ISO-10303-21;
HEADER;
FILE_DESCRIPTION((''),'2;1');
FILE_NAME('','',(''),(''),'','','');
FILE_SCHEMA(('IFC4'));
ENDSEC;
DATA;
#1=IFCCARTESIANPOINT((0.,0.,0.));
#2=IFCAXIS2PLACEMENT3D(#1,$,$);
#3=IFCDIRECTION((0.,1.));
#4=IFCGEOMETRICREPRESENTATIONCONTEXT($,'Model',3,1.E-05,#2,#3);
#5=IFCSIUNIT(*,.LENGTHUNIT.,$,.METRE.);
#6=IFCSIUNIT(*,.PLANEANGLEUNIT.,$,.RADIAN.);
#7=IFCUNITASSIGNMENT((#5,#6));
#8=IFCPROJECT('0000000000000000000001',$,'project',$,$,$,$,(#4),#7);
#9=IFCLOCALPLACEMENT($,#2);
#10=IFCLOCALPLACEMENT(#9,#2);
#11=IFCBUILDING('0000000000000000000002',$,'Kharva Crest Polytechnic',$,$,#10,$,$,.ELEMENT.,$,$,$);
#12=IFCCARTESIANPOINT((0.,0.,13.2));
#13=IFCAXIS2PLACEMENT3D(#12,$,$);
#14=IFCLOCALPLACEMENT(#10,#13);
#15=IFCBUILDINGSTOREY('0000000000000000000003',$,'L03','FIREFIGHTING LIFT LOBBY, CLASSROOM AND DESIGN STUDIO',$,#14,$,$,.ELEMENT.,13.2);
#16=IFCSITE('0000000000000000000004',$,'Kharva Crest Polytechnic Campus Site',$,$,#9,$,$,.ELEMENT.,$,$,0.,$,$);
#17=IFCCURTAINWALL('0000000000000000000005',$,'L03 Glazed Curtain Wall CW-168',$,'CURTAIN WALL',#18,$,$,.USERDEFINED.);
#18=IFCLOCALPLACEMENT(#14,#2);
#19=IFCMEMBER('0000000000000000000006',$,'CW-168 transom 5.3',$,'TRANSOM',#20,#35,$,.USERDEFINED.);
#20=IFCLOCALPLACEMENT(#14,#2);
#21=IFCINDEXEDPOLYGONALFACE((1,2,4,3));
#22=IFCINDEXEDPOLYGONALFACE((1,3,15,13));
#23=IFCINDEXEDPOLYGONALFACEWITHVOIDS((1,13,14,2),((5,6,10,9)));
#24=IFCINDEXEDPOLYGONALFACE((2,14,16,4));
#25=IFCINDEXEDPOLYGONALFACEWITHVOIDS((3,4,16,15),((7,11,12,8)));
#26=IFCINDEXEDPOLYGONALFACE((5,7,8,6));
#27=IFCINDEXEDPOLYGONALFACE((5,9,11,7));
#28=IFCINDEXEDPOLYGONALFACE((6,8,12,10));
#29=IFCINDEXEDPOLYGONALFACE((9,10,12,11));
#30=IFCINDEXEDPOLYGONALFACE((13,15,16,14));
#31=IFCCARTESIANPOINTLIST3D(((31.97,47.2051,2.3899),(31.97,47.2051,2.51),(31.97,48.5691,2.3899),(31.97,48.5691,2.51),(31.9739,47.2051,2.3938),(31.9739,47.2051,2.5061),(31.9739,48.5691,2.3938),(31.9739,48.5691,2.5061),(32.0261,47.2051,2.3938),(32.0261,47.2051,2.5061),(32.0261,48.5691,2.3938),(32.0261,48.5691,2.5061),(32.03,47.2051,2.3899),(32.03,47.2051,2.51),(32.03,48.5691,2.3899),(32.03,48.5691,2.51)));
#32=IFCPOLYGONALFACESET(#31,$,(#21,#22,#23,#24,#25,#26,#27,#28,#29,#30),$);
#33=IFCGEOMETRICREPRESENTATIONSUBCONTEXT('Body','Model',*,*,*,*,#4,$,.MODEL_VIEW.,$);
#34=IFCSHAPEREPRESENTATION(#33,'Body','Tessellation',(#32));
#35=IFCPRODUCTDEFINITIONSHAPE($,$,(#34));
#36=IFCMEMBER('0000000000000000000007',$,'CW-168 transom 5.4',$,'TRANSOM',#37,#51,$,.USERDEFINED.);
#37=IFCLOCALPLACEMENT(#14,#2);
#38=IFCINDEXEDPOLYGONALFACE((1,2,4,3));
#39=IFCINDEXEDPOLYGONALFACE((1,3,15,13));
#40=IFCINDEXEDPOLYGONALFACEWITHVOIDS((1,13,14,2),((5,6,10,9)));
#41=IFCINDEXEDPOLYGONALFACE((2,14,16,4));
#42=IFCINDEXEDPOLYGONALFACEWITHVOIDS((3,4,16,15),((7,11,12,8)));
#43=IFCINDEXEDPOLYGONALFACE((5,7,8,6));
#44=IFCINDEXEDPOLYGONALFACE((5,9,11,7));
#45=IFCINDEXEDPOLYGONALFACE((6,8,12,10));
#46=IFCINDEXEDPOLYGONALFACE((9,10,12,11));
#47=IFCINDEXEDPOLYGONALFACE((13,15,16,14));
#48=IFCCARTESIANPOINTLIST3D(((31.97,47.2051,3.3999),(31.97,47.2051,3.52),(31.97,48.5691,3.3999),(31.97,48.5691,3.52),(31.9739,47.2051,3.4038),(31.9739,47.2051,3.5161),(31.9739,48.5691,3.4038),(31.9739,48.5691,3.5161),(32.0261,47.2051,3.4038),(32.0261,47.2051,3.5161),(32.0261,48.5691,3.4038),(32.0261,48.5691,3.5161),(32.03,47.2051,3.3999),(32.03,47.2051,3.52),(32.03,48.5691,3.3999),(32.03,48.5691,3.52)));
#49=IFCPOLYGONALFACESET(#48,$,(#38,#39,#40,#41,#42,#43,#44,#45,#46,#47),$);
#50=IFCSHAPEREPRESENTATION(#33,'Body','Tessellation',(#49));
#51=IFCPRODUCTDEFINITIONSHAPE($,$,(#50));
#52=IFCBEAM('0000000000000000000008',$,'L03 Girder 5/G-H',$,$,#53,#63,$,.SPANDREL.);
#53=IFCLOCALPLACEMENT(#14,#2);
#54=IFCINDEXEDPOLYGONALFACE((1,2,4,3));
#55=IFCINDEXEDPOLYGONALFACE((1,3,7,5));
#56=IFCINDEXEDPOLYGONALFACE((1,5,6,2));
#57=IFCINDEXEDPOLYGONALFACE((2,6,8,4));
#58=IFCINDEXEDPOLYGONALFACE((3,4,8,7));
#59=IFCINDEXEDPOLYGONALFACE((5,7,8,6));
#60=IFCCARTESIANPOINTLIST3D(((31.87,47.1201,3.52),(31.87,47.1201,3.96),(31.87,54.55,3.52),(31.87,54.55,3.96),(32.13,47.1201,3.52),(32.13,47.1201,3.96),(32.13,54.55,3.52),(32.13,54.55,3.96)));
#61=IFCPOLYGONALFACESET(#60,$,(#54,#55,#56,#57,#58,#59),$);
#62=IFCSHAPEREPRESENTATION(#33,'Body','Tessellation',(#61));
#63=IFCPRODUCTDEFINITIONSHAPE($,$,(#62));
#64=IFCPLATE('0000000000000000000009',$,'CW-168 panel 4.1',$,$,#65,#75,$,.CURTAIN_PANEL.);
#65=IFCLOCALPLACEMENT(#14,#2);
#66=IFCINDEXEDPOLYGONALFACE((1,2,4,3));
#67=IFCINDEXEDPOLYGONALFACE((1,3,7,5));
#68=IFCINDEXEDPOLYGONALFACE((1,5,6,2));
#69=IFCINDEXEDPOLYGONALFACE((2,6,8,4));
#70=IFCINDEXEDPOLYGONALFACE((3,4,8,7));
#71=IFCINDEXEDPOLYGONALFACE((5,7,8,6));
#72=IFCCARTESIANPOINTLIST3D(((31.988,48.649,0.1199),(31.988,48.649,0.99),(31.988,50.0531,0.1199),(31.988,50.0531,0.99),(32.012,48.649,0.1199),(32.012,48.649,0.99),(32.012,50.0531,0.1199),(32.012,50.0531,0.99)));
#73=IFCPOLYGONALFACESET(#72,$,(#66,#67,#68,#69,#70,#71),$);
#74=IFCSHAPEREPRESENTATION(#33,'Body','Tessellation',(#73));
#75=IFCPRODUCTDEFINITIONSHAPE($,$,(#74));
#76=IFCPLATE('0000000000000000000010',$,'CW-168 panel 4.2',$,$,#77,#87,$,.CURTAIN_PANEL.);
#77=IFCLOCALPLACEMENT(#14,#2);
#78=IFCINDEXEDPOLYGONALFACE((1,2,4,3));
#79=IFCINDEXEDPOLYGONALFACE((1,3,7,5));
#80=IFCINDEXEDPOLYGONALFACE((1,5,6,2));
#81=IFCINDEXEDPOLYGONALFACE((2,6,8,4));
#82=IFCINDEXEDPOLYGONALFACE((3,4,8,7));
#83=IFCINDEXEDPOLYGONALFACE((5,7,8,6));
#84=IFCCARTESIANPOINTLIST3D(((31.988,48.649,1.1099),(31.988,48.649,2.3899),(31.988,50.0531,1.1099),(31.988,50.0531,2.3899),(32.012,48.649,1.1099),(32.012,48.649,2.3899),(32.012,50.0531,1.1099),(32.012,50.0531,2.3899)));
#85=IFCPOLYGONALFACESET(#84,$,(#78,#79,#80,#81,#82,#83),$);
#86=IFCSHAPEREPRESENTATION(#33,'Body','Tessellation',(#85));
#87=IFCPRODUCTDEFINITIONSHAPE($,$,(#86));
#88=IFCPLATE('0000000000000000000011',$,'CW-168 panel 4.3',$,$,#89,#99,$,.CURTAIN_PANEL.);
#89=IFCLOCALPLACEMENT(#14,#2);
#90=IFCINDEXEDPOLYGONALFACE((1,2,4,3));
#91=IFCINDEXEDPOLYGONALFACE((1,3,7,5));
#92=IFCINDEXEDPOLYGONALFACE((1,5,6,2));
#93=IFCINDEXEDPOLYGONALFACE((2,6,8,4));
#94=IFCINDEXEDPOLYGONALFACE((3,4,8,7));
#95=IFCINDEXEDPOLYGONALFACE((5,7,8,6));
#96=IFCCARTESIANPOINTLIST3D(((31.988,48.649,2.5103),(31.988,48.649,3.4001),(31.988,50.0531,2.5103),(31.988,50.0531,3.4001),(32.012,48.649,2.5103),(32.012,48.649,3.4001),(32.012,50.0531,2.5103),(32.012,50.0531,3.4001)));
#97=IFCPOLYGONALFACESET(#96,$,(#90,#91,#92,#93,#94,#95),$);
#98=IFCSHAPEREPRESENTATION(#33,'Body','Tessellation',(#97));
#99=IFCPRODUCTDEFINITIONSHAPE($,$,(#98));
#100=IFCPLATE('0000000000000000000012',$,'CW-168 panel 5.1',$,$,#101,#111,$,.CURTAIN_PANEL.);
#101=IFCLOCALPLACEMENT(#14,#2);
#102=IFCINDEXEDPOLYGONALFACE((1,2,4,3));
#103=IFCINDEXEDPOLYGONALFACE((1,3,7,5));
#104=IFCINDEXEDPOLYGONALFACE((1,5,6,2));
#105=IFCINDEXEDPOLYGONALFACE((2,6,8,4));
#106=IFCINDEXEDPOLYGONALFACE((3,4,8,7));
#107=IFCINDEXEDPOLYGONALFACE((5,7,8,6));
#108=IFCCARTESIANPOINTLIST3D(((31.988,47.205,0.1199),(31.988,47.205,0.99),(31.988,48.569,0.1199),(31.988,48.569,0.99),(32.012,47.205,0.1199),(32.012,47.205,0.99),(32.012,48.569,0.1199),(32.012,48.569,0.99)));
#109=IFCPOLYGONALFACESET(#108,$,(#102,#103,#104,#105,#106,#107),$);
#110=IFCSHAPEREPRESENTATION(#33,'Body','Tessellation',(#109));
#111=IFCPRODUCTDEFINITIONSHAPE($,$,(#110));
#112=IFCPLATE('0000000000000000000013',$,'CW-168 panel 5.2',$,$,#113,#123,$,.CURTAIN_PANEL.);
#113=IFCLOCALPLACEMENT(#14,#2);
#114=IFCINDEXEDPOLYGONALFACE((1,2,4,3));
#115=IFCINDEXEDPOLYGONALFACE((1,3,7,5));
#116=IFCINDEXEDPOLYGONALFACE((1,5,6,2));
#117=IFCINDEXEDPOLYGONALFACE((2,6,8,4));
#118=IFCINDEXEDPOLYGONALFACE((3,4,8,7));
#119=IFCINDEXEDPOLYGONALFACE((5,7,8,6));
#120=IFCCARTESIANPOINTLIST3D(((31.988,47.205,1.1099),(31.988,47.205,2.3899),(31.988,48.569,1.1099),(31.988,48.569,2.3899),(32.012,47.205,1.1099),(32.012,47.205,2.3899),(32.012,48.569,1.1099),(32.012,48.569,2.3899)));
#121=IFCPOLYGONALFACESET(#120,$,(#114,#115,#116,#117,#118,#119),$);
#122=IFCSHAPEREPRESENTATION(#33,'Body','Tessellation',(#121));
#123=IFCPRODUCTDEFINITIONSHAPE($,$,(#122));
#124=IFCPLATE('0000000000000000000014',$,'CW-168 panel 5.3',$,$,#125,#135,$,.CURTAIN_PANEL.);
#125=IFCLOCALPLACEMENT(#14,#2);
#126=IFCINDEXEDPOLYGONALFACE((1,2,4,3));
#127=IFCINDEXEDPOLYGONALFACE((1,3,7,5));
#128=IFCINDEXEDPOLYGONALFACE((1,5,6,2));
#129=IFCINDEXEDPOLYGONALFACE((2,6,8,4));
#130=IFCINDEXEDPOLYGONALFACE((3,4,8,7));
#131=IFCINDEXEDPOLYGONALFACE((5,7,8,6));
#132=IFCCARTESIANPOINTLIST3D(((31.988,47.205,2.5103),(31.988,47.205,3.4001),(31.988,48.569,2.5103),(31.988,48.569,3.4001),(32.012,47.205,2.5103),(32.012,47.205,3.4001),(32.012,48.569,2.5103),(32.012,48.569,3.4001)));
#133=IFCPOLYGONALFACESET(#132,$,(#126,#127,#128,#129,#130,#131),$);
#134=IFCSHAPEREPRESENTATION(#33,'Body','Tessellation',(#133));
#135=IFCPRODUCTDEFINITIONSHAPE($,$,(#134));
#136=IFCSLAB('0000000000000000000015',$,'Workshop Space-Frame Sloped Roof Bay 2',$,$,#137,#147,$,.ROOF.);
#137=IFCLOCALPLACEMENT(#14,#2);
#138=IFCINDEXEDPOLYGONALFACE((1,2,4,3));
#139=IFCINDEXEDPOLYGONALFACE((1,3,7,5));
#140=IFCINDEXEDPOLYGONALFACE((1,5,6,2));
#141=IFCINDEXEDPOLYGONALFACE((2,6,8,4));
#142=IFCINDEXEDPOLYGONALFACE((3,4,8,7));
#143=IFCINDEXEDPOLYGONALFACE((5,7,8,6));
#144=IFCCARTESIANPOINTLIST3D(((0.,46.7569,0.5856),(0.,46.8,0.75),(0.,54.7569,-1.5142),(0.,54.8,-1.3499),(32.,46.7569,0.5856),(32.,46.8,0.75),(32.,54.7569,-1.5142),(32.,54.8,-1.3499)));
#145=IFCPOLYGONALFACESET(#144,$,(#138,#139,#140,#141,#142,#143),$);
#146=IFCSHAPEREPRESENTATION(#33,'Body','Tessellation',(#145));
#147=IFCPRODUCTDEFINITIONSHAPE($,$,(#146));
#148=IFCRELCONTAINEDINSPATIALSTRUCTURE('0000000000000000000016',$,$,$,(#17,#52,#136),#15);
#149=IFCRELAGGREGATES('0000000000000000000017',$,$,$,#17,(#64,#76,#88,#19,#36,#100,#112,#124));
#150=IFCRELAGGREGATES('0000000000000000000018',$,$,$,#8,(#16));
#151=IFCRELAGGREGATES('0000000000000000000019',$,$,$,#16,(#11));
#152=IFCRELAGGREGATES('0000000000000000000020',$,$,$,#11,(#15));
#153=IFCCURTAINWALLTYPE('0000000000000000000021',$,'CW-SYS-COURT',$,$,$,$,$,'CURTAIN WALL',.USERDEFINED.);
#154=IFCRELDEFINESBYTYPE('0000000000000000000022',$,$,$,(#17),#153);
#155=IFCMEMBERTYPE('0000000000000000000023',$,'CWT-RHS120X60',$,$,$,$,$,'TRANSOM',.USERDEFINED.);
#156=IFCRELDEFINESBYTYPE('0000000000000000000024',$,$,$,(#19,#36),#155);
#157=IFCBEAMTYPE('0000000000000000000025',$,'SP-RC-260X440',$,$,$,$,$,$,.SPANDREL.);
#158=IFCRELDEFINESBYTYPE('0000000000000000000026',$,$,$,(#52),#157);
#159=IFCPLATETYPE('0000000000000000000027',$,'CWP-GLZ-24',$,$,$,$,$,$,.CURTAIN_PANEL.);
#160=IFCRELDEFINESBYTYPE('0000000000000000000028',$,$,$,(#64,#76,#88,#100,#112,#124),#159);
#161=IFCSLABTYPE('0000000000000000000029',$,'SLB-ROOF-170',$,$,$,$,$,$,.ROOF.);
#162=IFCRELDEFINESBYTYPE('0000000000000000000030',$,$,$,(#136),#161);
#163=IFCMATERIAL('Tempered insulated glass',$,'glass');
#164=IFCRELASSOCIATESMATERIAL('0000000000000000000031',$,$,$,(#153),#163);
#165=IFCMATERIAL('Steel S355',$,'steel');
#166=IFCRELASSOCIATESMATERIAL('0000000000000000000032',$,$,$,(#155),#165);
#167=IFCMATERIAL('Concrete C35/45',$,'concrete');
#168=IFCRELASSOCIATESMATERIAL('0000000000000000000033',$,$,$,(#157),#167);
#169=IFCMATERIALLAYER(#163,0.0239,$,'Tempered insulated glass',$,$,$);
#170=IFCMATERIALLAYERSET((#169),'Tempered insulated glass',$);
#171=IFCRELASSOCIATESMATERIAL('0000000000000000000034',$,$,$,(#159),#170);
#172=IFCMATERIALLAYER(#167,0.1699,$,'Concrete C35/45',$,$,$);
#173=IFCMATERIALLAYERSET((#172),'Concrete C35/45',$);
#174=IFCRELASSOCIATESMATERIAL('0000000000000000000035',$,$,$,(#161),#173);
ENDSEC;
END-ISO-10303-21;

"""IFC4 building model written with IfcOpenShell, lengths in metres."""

from ifc_helpers import new_model, si_unit, direction, frame, origin, origin_2d, place, context, subcontext, project, spatial, polyline, rectangle, hollow_rectangle, outline, extrude, material, layer, layer_set, material_profile, profile_set, type_object, element, aggregate, save


model = new_model("IFC4")

# Units and contexts
model_context = context("Model", 3, precision=1e-05, world=origin(), true_north=direction((0.0, 1.0)))
body_context = subcontext(model_context, "Body", "Model", "MODEL_VIEW")
ifc_project = project(units=[si_unit("LENGTHUNIT", "METRE"), si_unit("PLANEANGLEUNIT", "RADIAN")], contexts=[model_context])

# Site, building, storey
site_placement = place(None, origin())
site = spatial("IfcSite", under=ifc_project, at=site_placement, Name="Kharva Crest Polytechnic Campus Site", CompositionType="ELEMENT", RefElevation=0.0)
building_placement = place(site_placement, origin())
building = spatial("IfcBuilding", under=site, at=building_placement, Name="Kharva Crest Polytechnic", CompositionType="ELEMENT")
storey_placement = place(building_placement, frame((0.0, 0.0, 13.2)))
storey = spatial("IfcBuildingStorey", under=building, at=storey_placement, Name="L03", Description="FIREFIGHTING LIFT LOBBY, CLASSROOM AND DESIGN STUDIO", CompositionType="ELEMENT", Elevation=13.2)

# Curtain wall, members
ifc_material_1 = material(Name="Tempered insulated glass", Category="glass")
curtain_wall_type = type_object("IfcCurtainWallType", Name="CW-SYS-COURT", ElementType="CURTAIN WALL", PredefinedType="USERDEFINED", material=ifc_material_1)
curtain_wall_placement = place(storey_placement, origin())
curtain_wall = element("IfcCurtainWall", 1, at=curtain_wall_placement, inside=storey, type_object=curtain_wall_type, Name="L03 Glazed Curtain Wall CW-168", ObjectType="CURTAIN WALL", PredefinedType="USERDEFINED")
ifc_material_2 = material(Name="Steel S355", Category="steel")
ifc_material_profile_1 = material_profile(ifc_material_2, hollow_rectangle(XDim=0.0601, YDim=0.1201, WallThickness=0.0039, at=origin_2d()), Name="RHS 120X60X4.0")
ifc_profile_set_1 = profile_set([ifc_material_profile_1], Name="Steel S355")
member_type_1 = type_object("IfcMemberType", Name="CWT-RHS120X60", ElementType="TRANSOM", PredefinedType="USERDEFINED", material=ifc_profile_set_1)
member_1_placement = place(storey_placement, frame((32.0, 48.5691, 2.45), z_axis=(0.0, -1.0, 0.0), x_axis=(1.0, 0.0, 0.0)))
member_1 = element("IfcMember", 2, at=member_1_placement, type_object=member_type_1, Name="CW-168 transom 5.3", ObjectType="TRANSOM", PredefinedType="USERDEFINED", context=body_context, shape_type="SweptSolid", body=[
    extrude(hollow_rectangle(XDim=0.0601, YDim=0.1201, WallThickness=0.0039, at=origin_2d()), origin(), (0.0, 0.0, 1.0), 1.364),
])
member_2_placement = place(storey_placement, frame((32.0, 48.5691, 3.46), z_axis=(0.0, -1.0, 0.0), x_axis=(1.0, 0.0, 0.0)))
member_2 = element("IfcMember", 3, at=member_2_placement, type_object=member_type_1, Name="CW-168 transom 5.4", ObjectType="TRANSOM", PredefinedType="USERDEFINED", context=body_context, shape_type="SweptSolid", body=[
    extrude(hollow_rectangle(XDim=0.0601, YDim=0.1201, WallThickness=0.0039, at=origin_2d()), origin(), (0.0, 0.0, 1.0), 1.364),
])

# Beam
ifc_material_3 = material(Name="Concrete C35/45", Category="concrete")
ifc_material_profile_2 = material_profile(ifc_material_3, rectangle(XDim=0.26, YDim=0.4399, at=origin_2d()), Name="RECT 260 X 440")
ifc_profile_set_2 = profile_set([ifc_material_profile_2], Name="Concrete C35/45")
beam_type = type_object("IfcBeamType", Name="SP-RC-260X440", PredefinedType="SPANDREL", material=ifc_profile_set_2)
beam_placement = place(storey_placement, frame((32.0, 47.1201, 3.74), z_axis=(0.0, 1.0, 0.0), x_axis=(-1.0, 0.0, 0.0)))
element("IfcBeam", 4, at=beam_placement, inside=storey, type_object=beam_type, Name="L03 Girder 5/G-H", PredefinedType="SPANDREL", context=body_context, shape_type="SweptSolid", body=[
    extrude(rectangle(XDim=0.26, YDim=0.4399, at=origin_2d()), origin(), (0.0, 0.0, 1.0), 7.4299),
])

# Plates
ifc_layer_1 = layer(ifc_material_1, 0.0239, Name="Tempered insulated glass")
ifc_layer_set_1 = layer_set([ifc_layer_1], Name="Tempered insulated glass")
plate_type = type_object("IfcPlateType", Name="CWP-GLZ-24", PredefinedType="CURTAIN_PANEL", material=ifc_layer_set_1)
plate_1_placement = place(storey_placement, frame((32.0, 49.3511, 0.1199), z_axis=(0.0, 0.0, 1.0), x_axis=(0.0, -1.0, 0.0)))
plate_1 = element("IfcPlate", 5, at=plate_1_placement, type_object=plate_type, Name="CW-168 panel 4.1", PredefinedType="CURTAIN_PANEL", context=body_context, shape_type="SweptSolid", body=[
    extrude(rectangle(XDim=1.4041, YDim=0.0239, at=origin_2d()), origin(), (0.0, 0.0, 1.0), 0.8701),
])
plate_2_placement = place(storey_placement, frame((32.0, 49.3511, 1.1099), z_axis=(0.0, 0.0, 1.0), x_axis=(0.0, -1.0, 0.0)))
plate_2 = element("IfcPlate", 6, at=plate_2_placement, type_object=plate_type, Name="CW-168 panel 4.2", PredefinedType="CURTAIN_PANEL", context=body_context, shape_type="SweptSolid", body=[
    extrude(rectangle(XDim=1.4041, YDim=0.0239, at=origin_2d()), origin(), (0.0, 0.0, 1.0), 1.28),
])
plate_3_placement = place(storey_placement, frame((32.0, 49.3511, 2.5103), z_axis=(0.0, 0.0, 1.0), x_axis=(0.0, -1.0, 0.0)))
plate_3 = element("IfcPlate", 7, at=plate_3_placement, type_object=plate_type, Name="CW-168 panel 4.3", PredefinedType="CURTAIN_PANEL", context=body_context, shape_type="SweptSolid", body=[
    extrude(rectangle(XDim=1.4041, YDim=0.0239, at=origin_2d()), origin(), (0.0, 0.0, 1.0), 0.8899),
])
plate_4_placement = place(storey_placement, frame((32.0, 47.887, 0.1199), z_axis=(0.0, 0.0, 1.0), x_axis=(0.0, -1.0, 0.0)))
plate_4 = element("IfcPlate", 8, at=plate_4_placement, type_object=plate_type, Name="CW-168 panel 5.1", PredefinedType="CURTAIN_PANEL", context=body_context, shape_type="SweptSolid", body=[
    extrude(rectangle(XDim=1.364, YDim=0.0239, at=origin_2d()), origin(), (0.0, 0.0, 1.0), 0.8701),
])
plate_5_placement = place(storey_placement, frame((32.0, 47.887, 1.1099), z_axis=(0.0, 0.0, 1.0), x_axis=(0.0, -1.0, 0.0)))
plate_5 = element("IfcPlate", 9, at=plate_5_placement, type_object=plate_type, Name="CW-168 panel 5.2", PredefinedType="CURTAIN_PANEL", context=body_context, shape_type="SweptSolid", body=[
    extrude(rectangle(XDim=1.364, YDim=0.0239, at=origin_2d()), origin(), (0.0, 0.0, 1.0), 1.28),
])
plate_6_placement = place(storey_placement, frame((32.0, 47.887, 2.5103), z_axis=(0.0, 0.0, 1.0), x_axis=(0.0, -1.0, 0.0)))
plate_6 = element("IfcPlate", 10, at=plate_6_placement, type_object=plate_type, Name="CW-168 panel 5.3", PredefinedType="CURTAIN_PANEL", context=body_context, shape_type="SweptSolid", body=[
    extrude(rectangle(XDim=1.364, YDim=0.0239, at=origin_2d()), origin(), (0.0, 0.0, 1.0), 0.8899),
])
aggregate(curtain_wall, [plate_1, plate_2, plate_3, member_1, member_2, plate_4, plate_5, plate_6])

# Slab
ifc_layer_2 = layer(ifc_material_3, 0.1699, Name="Concrete C35/45")
ifc_layer_set_2 = layer_set([ifc_layer_2], Name="Concrete C35/45")
slab_type = type_object("IfcSlabType", Name="SLB-ROOF-170", PredefinedType="ROOF", material=ifc_layer_set_2)
slab_placement = place(storey_placement, frame((0.0, 46.8, 0.75), z_axis=(0.0, 0.253882, 0.967235), x_axis=(1.0, 0.0, 0.0)))
element("IfcSlab", 11, at=slab_placement, inside=storey, type_object=slab_type, Name="Workshop Space-Frame Sloped Roof Bay 2", PredefinedType="ROOF", context=body_context, shape_type="SweptSolid", body=[
    extrude(outline(polyline([(0.0, 0.0), (32.0, 0.0), (32.0, 8.271), (0.0, 8.271), (0.0, 0.0)])), origin(), (0.0, 0.0, -1.0), 0.1699),
])

save(model, "model.ifc")
